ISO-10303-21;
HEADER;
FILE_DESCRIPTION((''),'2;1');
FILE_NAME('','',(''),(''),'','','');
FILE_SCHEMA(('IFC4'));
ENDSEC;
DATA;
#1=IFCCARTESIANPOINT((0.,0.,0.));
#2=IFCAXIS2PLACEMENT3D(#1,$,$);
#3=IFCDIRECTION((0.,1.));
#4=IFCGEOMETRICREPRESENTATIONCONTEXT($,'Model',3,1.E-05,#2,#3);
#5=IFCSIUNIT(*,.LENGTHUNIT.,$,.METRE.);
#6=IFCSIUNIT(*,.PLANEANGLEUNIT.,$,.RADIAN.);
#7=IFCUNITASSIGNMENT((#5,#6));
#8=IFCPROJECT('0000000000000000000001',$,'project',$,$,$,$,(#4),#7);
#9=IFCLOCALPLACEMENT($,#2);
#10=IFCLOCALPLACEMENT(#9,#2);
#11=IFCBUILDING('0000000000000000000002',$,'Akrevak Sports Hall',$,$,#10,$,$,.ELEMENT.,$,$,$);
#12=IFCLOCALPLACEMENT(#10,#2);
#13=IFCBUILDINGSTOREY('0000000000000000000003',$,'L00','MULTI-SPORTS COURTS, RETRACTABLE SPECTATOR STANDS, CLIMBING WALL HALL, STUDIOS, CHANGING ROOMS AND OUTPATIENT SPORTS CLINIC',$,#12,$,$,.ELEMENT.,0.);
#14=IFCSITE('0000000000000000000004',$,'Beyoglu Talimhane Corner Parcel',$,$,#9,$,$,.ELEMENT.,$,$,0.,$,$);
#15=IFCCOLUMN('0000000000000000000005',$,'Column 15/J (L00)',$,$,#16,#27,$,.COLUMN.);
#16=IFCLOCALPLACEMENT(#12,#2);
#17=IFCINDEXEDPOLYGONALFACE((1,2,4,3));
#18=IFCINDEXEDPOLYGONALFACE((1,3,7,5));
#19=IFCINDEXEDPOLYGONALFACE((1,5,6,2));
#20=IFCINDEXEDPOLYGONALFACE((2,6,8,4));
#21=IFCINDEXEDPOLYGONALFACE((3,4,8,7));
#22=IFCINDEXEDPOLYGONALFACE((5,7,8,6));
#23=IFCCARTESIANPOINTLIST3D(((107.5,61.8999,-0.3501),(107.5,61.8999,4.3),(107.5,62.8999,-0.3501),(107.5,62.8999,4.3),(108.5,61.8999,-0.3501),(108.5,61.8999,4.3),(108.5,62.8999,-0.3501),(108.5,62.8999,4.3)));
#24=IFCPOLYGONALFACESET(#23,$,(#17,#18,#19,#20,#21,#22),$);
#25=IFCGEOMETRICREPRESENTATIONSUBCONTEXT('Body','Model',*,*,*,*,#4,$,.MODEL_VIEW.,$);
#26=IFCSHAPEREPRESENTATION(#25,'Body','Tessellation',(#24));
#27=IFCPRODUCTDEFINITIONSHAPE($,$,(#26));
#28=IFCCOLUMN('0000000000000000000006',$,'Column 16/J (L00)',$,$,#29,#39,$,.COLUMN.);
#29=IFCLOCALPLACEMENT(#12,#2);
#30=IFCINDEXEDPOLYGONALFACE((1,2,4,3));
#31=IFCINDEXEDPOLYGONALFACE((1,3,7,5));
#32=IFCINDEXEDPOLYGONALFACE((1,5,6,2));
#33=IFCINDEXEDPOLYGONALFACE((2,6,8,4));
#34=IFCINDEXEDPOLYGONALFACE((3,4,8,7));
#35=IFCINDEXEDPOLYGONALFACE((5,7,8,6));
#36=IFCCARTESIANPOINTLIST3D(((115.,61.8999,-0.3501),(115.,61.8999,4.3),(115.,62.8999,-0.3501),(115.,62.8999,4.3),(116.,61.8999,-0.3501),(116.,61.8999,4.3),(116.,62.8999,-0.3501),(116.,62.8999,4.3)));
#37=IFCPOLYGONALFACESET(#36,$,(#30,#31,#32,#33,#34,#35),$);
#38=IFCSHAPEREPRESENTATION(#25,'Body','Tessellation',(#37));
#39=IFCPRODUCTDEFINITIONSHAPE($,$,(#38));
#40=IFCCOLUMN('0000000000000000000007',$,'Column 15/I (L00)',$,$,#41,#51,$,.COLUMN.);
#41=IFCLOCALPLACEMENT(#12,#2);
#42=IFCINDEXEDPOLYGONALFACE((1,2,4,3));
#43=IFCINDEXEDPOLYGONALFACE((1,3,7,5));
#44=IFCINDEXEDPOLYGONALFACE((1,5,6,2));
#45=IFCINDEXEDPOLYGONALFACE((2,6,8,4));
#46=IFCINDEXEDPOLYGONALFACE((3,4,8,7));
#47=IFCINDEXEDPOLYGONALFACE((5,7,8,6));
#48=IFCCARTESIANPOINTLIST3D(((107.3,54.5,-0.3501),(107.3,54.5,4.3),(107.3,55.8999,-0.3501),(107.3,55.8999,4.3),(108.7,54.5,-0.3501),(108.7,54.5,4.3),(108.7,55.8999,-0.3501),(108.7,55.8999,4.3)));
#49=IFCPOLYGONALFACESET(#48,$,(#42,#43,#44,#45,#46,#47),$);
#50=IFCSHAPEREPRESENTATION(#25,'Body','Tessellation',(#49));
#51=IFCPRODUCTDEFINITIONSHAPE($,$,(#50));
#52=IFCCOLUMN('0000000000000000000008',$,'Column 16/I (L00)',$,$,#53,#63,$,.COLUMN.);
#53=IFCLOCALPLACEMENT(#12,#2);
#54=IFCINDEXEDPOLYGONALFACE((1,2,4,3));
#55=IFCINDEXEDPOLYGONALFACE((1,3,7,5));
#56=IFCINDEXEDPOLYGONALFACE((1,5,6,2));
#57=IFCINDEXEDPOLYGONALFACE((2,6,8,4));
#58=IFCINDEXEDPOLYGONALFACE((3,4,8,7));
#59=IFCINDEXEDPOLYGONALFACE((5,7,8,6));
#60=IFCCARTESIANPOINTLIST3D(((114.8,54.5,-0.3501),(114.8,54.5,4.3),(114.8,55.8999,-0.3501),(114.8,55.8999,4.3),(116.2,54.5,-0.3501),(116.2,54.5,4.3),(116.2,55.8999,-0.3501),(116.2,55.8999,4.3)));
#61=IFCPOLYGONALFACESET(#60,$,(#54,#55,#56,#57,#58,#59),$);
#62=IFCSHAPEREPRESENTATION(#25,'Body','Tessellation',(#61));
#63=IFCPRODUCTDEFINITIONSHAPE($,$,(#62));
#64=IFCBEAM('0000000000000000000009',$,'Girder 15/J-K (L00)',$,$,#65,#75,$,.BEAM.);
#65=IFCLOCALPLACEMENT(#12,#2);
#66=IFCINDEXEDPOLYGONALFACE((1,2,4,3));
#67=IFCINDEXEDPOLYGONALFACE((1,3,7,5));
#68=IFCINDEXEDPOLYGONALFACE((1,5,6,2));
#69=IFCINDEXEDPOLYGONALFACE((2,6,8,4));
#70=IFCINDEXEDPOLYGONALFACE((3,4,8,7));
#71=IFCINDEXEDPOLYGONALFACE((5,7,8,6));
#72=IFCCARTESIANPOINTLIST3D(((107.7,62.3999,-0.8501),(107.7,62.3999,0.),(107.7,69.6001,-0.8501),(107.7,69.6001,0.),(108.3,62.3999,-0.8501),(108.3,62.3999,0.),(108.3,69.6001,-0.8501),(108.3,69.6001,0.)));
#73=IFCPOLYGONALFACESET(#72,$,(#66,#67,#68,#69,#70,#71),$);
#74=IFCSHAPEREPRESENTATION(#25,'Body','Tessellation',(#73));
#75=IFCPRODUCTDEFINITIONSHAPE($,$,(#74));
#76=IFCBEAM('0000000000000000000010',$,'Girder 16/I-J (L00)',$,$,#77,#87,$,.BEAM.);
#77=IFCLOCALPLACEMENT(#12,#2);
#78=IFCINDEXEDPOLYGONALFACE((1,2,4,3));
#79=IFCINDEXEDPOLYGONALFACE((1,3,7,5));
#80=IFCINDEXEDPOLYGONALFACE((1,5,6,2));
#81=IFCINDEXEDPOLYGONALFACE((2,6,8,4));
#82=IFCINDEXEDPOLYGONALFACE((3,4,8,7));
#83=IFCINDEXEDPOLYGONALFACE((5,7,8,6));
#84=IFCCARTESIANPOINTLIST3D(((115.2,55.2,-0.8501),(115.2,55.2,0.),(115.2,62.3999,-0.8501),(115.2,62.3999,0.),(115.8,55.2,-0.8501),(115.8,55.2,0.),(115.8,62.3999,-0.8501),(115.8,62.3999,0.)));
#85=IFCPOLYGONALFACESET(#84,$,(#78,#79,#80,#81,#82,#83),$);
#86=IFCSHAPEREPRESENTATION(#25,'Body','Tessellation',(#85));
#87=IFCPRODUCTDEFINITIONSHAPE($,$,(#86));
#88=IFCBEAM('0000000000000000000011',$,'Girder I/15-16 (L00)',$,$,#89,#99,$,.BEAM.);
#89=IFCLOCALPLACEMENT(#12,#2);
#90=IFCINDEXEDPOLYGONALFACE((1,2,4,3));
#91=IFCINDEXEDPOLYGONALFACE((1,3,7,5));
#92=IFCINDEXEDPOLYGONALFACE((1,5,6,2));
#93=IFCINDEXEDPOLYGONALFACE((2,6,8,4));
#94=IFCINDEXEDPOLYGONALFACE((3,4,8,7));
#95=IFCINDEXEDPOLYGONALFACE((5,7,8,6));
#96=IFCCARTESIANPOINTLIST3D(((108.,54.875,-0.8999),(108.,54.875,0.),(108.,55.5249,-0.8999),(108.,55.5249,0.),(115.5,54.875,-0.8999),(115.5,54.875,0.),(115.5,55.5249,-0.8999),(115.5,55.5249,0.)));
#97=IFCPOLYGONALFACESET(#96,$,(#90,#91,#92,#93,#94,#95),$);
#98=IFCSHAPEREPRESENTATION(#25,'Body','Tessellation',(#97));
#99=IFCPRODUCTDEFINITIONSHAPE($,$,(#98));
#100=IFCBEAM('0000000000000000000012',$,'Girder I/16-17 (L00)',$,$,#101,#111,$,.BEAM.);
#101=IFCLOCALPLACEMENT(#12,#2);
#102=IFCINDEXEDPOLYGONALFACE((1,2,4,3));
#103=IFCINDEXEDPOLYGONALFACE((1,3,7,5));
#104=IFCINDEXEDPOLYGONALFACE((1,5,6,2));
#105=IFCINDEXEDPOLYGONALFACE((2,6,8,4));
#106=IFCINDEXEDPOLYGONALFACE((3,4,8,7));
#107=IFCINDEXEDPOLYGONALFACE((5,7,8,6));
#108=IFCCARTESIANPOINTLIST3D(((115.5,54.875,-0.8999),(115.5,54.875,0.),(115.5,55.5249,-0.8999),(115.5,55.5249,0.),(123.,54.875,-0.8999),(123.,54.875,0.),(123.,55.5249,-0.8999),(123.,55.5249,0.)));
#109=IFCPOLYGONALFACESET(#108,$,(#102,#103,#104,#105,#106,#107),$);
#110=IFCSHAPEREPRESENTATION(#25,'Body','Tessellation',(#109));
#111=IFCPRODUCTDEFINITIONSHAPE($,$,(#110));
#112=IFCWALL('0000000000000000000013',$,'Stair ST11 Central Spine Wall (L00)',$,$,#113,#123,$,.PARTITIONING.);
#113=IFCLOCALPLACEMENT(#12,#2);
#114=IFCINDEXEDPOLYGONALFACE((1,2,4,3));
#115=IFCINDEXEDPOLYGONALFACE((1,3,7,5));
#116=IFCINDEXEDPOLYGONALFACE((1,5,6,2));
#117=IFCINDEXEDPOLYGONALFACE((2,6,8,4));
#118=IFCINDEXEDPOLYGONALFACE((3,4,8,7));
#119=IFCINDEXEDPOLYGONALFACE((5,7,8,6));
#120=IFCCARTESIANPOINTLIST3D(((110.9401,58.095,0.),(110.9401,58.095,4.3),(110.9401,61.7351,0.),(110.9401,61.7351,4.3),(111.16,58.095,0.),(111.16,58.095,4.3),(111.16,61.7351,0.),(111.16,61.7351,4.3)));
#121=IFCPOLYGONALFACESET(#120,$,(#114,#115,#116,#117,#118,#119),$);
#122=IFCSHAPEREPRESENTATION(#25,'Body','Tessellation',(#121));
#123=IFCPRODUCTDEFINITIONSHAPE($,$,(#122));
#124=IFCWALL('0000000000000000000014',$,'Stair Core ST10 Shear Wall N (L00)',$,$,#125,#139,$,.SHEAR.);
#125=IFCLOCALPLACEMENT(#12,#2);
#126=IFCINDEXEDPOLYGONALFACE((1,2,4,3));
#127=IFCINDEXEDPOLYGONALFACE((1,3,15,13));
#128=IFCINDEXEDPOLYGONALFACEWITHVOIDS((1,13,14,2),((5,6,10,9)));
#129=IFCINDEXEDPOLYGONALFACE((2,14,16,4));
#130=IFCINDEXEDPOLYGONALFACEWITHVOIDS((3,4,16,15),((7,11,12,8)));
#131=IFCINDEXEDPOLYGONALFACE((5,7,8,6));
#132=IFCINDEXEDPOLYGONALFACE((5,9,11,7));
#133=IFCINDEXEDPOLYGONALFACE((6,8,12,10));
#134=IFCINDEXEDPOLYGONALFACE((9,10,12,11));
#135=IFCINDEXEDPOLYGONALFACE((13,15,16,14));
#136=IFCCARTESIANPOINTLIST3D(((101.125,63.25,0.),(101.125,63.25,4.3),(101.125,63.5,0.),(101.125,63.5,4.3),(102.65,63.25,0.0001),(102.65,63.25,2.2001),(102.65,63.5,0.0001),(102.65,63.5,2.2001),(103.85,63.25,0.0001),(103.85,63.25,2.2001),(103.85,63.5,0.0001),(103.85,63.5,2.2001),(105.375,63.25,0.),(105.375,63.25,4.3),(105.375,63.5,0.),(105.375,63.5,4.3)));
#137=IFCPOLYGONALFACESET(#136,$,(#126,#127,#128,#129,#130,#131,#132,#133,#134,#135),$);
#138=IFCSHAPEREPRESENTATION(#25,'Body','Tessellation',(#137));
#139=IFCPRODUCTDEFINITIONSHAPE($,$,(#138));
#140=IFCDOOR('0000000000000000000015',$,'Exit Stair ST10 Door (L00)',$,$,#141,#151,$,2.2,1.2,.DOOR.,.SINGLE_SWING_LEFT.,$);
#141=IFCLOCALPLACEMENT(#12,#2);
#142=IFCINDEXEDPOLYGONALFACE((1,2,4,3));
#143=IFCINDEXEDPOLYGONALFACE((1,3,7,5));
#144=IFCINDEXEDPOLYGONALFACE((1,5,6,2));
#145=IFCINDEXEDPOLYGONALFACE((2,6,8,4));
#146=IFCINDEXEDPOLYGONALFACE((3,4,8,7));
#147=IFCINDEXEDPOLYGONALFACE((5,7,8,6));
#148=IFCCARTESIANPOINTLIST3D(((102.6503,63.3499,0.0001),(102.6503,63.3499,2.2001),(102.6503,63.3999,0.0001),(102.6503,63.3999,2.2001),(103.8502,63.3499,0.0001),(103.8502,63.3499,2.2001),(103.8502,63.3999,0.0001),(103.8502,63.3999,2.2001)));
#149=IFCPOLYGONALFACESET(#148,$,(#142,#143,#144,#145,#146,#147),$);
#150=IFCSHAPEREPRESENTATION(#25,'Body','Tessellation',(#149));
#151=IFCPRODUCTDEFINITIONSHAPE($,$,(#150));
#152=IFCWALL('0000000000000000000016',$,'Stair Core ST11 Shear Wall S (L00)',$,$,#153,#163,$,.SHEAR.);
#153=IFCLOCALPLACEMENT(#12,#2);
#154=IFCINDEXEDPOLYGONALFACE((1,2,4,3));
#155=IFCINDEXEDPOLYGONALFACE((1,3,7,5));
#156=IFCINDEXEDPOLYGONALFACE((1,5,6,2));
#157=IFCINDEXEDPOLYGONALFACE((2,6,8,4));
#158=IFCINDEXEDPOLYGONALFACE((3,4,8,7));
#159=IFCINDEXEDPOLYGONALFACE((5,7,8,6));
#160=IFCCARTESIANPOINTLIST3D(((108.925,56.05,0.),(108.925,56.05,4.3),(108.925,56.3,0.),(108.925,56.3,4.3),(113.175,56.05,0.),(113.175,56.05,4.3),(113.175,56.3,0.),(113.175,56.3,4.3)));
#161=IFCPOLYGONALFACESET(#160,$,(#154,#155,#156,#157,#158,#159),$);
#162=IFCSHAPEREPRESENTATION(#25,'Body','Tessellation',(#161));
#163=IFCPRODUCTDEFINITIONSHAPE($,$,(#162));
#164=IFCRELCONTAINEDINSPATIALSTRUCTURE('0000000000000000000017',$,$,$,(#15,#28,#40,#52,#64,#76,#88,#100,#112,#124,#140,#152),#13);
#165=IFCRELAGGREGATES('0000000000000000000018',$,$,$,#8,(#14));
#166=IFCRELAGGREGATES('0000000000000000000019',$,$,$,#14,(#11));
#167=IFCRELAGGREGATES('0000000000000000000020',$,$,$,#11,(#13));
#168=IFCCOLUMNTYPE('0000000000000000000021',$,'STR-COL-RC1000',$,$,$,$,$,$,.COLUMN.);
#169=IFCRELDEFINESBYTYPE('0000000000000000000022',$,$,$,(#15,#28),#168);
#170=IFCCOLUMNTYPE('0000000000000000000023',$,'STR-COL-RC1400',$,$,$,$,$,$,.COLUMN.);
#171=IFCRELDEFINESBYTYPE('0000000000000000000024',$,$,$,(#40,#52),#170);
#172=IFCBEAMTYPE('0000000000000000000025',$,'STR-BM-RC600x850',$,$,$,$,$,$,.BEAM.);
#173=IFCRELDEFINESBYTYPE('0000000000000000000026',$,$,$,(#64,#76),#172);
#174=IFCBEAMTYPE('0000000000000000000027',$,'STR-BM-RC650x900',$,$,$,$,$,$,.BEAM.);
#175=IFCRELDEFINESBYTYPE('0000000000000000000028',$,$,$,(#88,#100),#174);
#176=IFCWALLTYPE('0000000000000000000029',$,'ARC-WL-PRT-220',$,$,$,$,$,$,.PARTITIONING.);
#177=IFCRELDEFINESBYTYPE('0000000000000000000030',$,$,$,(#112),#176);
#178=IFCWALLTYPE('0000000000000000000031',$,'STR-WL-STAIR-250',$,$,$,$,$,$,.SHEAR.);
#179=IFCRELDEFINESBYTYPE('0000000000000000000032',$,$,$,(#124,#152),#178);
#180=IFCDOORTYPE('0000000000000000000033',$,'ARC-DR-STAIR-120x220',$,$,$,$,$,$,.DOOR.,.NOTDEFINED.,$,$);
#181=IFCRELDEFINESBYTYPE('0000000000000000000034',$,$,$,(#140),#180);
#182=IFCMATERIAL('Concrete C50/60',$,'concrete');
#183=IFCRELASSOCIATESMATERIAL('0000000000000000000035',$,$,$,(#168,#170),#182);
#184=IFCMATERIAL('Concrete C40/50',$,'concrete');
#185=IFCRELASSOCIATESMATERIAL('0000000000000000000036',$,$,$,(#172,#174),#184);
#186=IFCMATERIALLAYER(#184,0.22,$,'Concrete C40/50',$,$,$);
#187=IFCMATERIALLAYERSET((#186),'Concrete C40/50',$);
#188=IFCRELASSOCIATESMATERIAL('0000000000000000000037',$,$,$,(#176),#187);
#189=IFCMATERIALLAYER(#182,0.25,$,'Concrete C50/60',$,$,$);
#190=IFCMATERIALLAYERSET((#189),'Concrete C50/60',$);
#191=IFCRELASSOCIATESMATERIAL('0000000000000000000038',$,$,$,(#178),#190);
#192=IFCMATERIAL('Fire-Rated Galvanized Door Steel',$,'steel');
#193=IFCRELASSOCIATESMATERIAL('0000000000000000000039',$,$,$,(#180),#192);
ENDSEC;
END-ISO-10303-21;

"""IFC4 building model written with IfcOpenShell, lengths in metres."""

from ifc_helpers import new_model, si_unit, direction, frame, frame_2d, origin, origin_2d, place, context, subcontext, project, spatial, rectangle, extrude, material, layer, layer_set, material_profile, profile_set, type_object, element, fill, save


model = new_model("IFC4")

# Units and contexts
model_context = context("Model", 3, precision=1e-05, world=origin(), true_north=direction((0.0, 1.0)))
body_context = subcontext(model_context, "Body", "Model", "MODEL_VIEW")
ifc_project = project(units=[si_unit("LENGTHUNIT", "METRE"), si_unit("PLANEANGLEUNIT", "RADIAN")], contexts=[model_context])

# Site, building, storey
site_placement = place(None, origin())
site = spatial("IfcSite", under=ifc_project, at=site_placement, Name="Beyoglu Talimhane Corner Parcel", CompositionType="ELEMENT", RefElevation=0.0)
building_placement = place(site_placement, origin())
building = spatial("IfcBuilding", under=site, at=building_placement, Name="Akrevak Sports Hall", CompositionType="ELEMENT")
storey_placement = place(building_placement, origin())
storey = spatial("IfcBuildingStorey", under=building, at=storey_placement, Name="L00", Description="MULTI-SPORTS COURTS, RETRACTABLE SPECTATOR STANDS, CLIMBING WALL HALL, STUDIOS, CHANGING ROOMS AND OUTPATIENT SPORTS CLINIC", CompositionType="ELEMENT", Elevation=0.0)

# Columns
ifc_material_1 = material(Name="Concrete C50/60", Category="concrete")
ifc_material_profile_1 = material_profile(ifc_material_1, rectangle(XDim=1.0, YDim=1.0, at=origin_2d()), Name="RC 1000x1000", Category="concrete")
ifc_profile_set_1 = profile_set([ifc_material_profile_1], Name="Concrete C50/60")
column_type_1 = type_object("IfcColumnType", Name="STR-COL-RC1000", PredefinedType="COLUMN", material=ifc_profile_set_1)
for number, where, z_axis, x_axis, name in (
    (1, (108.0, 62.3999, -0.3501), (0.0, 0.0, 1.0), (1.0, 0.0, 0.0), "Column 15/J (L00)"),
    (2, (115.5, 62.3999, -0.3501), (0.0, 0.0, 1.0), (1.0, 0.0, 0.0), "Column 16/J (L00)"),
):
    element("IfcColumn", number, at=place(storey_placement, frame(where, z_axis=z_axis, x_axis=x_axis)), inside=storey, type_object=column_type_1, Name=name, PredefinedType="COLUMN", context=body_context, shape_type="SweptSolid", body=[
        extrude(rectangle(XDim=1.0, YDim=1.0, at=origin_2d()), origin(), (0.0, 0.0, 1.0), 4.6501),
    ])
ifc_material_profile_2 = material_profile(ifc_material_1, rectangle(XDim=1.3999, YDim=1.3999, at=origin_2d()), Name="RC 1400x1400", Category="concrete")
ifc_profile_set_2 = profile_set([ifc_material_profile_2], Name="Concrete C50/60")
column_type_2 = type_object("IfcColumnType", Name="STR-COL-RC1400", PredefinedType="COLUMN", material=ifc_profile_set_2)
for number, where, z_axis, x_axis, name in (
    (3, (108.0, 55.2, -0.3501), (0.0, 0.0, 1.0), (1.0, 0.0, 0.0), "Column 15/I (L00)"),
    (4, (115.5, 55.2, -0.3501), (0.0, 0.0, 1.0), (1.0, 0.0, 0.0), "Column 16/I (L00)"),
):
    element("IfcColumn", number, at=place(storey_placement, frame(where, z_axis=z_axis, x_axis=x_axis)), inside=storey, type_object=column_type_2, Name=name, PredefinedType="COLUMN", context=body_context, shape_type="SweptSolid", body=[
        extrude(rectangle(XDim=1.3999, YDim=1.3999, at=origin_2d()), origin(), (0.0, 0.0, 1.0), 4.6501),
    ])

# Beams
ifc_material_2 = material(Name="Concrete C40/50", Category="concrete")
ifc_material_profile_3 = material_profile(ifc_material_2, rectangle(XDim=0.6001, YDim=0.8501, at=origin_2d()), Name="BM 600x850", Category="concrete")
ifc_profile_set_3 = profile_set([ifc_material_profile_3], Name="Concrete C40/50")
beam_type_1 = type_object("IfcBeamType", Name="STR-BM-RC600x850", PredefinedType="BEAM", material=ifc_profile_set_3)
beam_1_placement = place(storey_placement, frame((108.0, 62.3999, -0.425), z_axis=(0.0, 1.0, 0.0), x_axis=(-1.0, 0.0, 0.0)))
element("IfcBeam", 5, at=beam_1_placement, inside=storey, type_object=beam_type_1, Name="Girder 15/J-K (L00)", PredefinedType="BEAM", context=body_context, shape_type="SweptSolid", body=[
    extrude(rectangle(XDim=0.6001, YDim=0.8501, at=origin_2d()), origin(), (0.0, 0.0, 1.0), 7.2002),
])
beam_2_placement = place(storey_placement, frame((115.5, 55.2, -0.425), z_axis=(0.0, 1.0, 0.0), x_axis=(-1.0, 0.0, 0.0)))
element("IfcBeam", 6, at=beam_2_placement, inside=storey, type_object=beam_type_1, Name="Girder 16/I-J (L00)", PredefinedType="BEAM", context=body_context, shape_type="SweptSolid", body=[
    extrude(rectangle(XDim=0.6001, YDim=0.8501, at=origin_2d()), origin(), (0.0, 0.0, 1.0), 7.2),
])
ifc_material_profile_4 = material_profile(ifc_material_2, rectangle(XDim=0.6499, YDim=0.8999, at=origin_2d()), Name="BM 650x900", Category="concrete")
ifc_profile_set_4 = profile_set([ifc_material_profile_4], Name="Concrete C40/50")
beam_type_2 = type_object("IfcBeamType", Name="STR-BM-RC650x900", PredefinedType="BEAM", material=ifc_profile_set_4)
for number, where, z_axis, x_axis, name in (
    (7, (108.0, 55.2, -0.45), (1.0, 0.0, 0.0), (0.0, 1.0, 0.0), "Girder I/15-16 (L00)"),
    (8, (115.5, 55.2, -0.45), (1.0, 0.0, 0.0), (0.0, 1.0, 0.0), "Girder I/16-17 (L00)"),
):
    element("IfcBeam", number, at=place(storey_placement, frame(where, z_axis=z_axis, x_axis=x_axis)), inside=storey, type_object=beam_type_2, Name=name, PredefinedType="BEAM", context=body_context, shape_type="SweptSolid", body=[
        extrude(rectangle(XDim=0.6499, YDim=0.8999, at=origin_2d()), origin(), (0.0, 0.0, 1.0), 7.5),
    ])

# Wall
ifc_layer_1 = layer(ifc_material_2, 0.22, Name="Concrete C40/50")
ifc_layer_set_1 = layer_set([ifc_layer_1], Name="Concrete C40/50")
wall_type_1 = type_object("IfcWallType", Name="ARC-WL-PRT-220", PredefinedType="PARTITIONING", material=ifc_layer_set_1)
wall_1_placement = place(storey_placement, frame((111.05, 58.095, 0.0), z_axis=(0.0, 0.0, 1.0), x_axis=(0.0, 1.0, 0.0)))
element("IfcWall", 9, at=wall_1_placement, inside=storey, type_object=wall_type_1, Name="Stair ST11 Central Spine Wall (L00)", PredefinedType="PARTITIONING", context=body_context, shape_type="SweptSolid", body=[
    extrude(rectangle(XDim=3.6401, YDim=0.22, at=frame_2d((1.8201, 0.0))), origin(), (0.0, 0.0, 1.0), 4.3),
])

# Wall, opening, door
ifc_layer_2 = layer(ifc_material_1, 0.25, Name="Concrete C50/60")
ifc_layer_set_2 = layer_set([ifc_layer_2], Name="Concrete C50/60")
wall_type_2 = type_object("IfcWallType", Name="STR-WL-STAIR-250", PredefinedType="SHEAR", material=ifc_layer_set_2)
wall_2_placement = place(storey_placement, frame((105.375, 63.375, 0.0), z_axis=(0.0, 0.0, 1.0), x_axis=(-1.0, 0.0, 0.0)))
wall_2 = element("IfcWall", 10, at=wall_2_placement, inside=storey, type_object=wall_type_2, Name="Stair Core ST10 Shear Wall N (L00)", PredefinedType="SHEAR", context=body_context, shape_type="SweptSolid", body=[
    extrude(rectangle(XDim=4.25, YDim=0.25, at=frame_2d((2.125, 0.0))), origin(), (0.0, 0.0, 1.0), 4.3),
])
opening_1_placement = place(wall_2_placement, frame((1.5249, 0.0, 0.0)))
opening_1 = element("IfcOpeningElement", 11, at=opening_1_placement, cuts=wall_2, PredefinedType="OPENING", context=body_context, shape_type="SweptSolid", body=[
    extrude(rectangle(XDim=1.2, YDim=2.2, at=frame_2d((0.6001, 1.1001))), frame((0.0, 0.137, 0.0), z_axis=(0.0, -1.0, 0.0), x_axis=(1.0, 0.0, 0.0)), (0.0, 0.0, 1.0), 0.2739),
])
ifc_material_3 = material(Name="Fire-Rated Galvanized Door Steel", Category="steel")
door_type = type_object("IfcDoorType", Name="ARC-DR-STAIR-120x220", OperationType="NOTDEFINED", PredefinedType="DOOR", material=ifc_material_3)
door_1_placement = place(opening_1_placement, frame((1.2, 0.0, 0.0), z_axis=(0.0, 0.0, 1.0), x_axis=(-1.0, 0.0, 0.0)))
door_1 = element("IfcDoor", 12, at=door_1_placement, inside=storey, type_object=door_type, Name="Exit Stair ST10 Door (L00)", OperationType="SINGLE_SWING_LEFT", OverallHeight=2.2, OverallWidth=1.2, PredefinedType="DOOR", context=body_context, shape_type="SweptSolid", body=[
    extrude(rectangle(XDim=1.2, YDim=2.2, at=frame_2d((0.6001, 1.1001))), frame((0.0, 0.0249, 0.0), z_axis=(0.0, -1.0, 0.0), x_axis=(1.0, 0.0, 0.0)), (0.0, 0.0, 1.0), 0.05),
])
fill(opening_1, door_1)

# Wall
wall_3_placement = place(storey_placement, frame((108.925, 56.175, 0.0), z_axis=(0.0, 0.0, 1.0), x_axis=(1.0, 0.0, 0.0)))
element("IfcWall", 13, at=wall_3_placement, inside=storey, type_object=wall_type_2, Name="Stair Core ST11 Shear Wall S (L00)", PredefinedType="SHEAR", context=body_context, shape_type="SweptSolid", body=[
    extrude(rectangle(XDim=4.25, YDim=0.25, at=frame_2d((2.125, 0.0))), origin(), (0.0, 0.0, 1.0), 4.3),
])

save(model, "model.ifc")
